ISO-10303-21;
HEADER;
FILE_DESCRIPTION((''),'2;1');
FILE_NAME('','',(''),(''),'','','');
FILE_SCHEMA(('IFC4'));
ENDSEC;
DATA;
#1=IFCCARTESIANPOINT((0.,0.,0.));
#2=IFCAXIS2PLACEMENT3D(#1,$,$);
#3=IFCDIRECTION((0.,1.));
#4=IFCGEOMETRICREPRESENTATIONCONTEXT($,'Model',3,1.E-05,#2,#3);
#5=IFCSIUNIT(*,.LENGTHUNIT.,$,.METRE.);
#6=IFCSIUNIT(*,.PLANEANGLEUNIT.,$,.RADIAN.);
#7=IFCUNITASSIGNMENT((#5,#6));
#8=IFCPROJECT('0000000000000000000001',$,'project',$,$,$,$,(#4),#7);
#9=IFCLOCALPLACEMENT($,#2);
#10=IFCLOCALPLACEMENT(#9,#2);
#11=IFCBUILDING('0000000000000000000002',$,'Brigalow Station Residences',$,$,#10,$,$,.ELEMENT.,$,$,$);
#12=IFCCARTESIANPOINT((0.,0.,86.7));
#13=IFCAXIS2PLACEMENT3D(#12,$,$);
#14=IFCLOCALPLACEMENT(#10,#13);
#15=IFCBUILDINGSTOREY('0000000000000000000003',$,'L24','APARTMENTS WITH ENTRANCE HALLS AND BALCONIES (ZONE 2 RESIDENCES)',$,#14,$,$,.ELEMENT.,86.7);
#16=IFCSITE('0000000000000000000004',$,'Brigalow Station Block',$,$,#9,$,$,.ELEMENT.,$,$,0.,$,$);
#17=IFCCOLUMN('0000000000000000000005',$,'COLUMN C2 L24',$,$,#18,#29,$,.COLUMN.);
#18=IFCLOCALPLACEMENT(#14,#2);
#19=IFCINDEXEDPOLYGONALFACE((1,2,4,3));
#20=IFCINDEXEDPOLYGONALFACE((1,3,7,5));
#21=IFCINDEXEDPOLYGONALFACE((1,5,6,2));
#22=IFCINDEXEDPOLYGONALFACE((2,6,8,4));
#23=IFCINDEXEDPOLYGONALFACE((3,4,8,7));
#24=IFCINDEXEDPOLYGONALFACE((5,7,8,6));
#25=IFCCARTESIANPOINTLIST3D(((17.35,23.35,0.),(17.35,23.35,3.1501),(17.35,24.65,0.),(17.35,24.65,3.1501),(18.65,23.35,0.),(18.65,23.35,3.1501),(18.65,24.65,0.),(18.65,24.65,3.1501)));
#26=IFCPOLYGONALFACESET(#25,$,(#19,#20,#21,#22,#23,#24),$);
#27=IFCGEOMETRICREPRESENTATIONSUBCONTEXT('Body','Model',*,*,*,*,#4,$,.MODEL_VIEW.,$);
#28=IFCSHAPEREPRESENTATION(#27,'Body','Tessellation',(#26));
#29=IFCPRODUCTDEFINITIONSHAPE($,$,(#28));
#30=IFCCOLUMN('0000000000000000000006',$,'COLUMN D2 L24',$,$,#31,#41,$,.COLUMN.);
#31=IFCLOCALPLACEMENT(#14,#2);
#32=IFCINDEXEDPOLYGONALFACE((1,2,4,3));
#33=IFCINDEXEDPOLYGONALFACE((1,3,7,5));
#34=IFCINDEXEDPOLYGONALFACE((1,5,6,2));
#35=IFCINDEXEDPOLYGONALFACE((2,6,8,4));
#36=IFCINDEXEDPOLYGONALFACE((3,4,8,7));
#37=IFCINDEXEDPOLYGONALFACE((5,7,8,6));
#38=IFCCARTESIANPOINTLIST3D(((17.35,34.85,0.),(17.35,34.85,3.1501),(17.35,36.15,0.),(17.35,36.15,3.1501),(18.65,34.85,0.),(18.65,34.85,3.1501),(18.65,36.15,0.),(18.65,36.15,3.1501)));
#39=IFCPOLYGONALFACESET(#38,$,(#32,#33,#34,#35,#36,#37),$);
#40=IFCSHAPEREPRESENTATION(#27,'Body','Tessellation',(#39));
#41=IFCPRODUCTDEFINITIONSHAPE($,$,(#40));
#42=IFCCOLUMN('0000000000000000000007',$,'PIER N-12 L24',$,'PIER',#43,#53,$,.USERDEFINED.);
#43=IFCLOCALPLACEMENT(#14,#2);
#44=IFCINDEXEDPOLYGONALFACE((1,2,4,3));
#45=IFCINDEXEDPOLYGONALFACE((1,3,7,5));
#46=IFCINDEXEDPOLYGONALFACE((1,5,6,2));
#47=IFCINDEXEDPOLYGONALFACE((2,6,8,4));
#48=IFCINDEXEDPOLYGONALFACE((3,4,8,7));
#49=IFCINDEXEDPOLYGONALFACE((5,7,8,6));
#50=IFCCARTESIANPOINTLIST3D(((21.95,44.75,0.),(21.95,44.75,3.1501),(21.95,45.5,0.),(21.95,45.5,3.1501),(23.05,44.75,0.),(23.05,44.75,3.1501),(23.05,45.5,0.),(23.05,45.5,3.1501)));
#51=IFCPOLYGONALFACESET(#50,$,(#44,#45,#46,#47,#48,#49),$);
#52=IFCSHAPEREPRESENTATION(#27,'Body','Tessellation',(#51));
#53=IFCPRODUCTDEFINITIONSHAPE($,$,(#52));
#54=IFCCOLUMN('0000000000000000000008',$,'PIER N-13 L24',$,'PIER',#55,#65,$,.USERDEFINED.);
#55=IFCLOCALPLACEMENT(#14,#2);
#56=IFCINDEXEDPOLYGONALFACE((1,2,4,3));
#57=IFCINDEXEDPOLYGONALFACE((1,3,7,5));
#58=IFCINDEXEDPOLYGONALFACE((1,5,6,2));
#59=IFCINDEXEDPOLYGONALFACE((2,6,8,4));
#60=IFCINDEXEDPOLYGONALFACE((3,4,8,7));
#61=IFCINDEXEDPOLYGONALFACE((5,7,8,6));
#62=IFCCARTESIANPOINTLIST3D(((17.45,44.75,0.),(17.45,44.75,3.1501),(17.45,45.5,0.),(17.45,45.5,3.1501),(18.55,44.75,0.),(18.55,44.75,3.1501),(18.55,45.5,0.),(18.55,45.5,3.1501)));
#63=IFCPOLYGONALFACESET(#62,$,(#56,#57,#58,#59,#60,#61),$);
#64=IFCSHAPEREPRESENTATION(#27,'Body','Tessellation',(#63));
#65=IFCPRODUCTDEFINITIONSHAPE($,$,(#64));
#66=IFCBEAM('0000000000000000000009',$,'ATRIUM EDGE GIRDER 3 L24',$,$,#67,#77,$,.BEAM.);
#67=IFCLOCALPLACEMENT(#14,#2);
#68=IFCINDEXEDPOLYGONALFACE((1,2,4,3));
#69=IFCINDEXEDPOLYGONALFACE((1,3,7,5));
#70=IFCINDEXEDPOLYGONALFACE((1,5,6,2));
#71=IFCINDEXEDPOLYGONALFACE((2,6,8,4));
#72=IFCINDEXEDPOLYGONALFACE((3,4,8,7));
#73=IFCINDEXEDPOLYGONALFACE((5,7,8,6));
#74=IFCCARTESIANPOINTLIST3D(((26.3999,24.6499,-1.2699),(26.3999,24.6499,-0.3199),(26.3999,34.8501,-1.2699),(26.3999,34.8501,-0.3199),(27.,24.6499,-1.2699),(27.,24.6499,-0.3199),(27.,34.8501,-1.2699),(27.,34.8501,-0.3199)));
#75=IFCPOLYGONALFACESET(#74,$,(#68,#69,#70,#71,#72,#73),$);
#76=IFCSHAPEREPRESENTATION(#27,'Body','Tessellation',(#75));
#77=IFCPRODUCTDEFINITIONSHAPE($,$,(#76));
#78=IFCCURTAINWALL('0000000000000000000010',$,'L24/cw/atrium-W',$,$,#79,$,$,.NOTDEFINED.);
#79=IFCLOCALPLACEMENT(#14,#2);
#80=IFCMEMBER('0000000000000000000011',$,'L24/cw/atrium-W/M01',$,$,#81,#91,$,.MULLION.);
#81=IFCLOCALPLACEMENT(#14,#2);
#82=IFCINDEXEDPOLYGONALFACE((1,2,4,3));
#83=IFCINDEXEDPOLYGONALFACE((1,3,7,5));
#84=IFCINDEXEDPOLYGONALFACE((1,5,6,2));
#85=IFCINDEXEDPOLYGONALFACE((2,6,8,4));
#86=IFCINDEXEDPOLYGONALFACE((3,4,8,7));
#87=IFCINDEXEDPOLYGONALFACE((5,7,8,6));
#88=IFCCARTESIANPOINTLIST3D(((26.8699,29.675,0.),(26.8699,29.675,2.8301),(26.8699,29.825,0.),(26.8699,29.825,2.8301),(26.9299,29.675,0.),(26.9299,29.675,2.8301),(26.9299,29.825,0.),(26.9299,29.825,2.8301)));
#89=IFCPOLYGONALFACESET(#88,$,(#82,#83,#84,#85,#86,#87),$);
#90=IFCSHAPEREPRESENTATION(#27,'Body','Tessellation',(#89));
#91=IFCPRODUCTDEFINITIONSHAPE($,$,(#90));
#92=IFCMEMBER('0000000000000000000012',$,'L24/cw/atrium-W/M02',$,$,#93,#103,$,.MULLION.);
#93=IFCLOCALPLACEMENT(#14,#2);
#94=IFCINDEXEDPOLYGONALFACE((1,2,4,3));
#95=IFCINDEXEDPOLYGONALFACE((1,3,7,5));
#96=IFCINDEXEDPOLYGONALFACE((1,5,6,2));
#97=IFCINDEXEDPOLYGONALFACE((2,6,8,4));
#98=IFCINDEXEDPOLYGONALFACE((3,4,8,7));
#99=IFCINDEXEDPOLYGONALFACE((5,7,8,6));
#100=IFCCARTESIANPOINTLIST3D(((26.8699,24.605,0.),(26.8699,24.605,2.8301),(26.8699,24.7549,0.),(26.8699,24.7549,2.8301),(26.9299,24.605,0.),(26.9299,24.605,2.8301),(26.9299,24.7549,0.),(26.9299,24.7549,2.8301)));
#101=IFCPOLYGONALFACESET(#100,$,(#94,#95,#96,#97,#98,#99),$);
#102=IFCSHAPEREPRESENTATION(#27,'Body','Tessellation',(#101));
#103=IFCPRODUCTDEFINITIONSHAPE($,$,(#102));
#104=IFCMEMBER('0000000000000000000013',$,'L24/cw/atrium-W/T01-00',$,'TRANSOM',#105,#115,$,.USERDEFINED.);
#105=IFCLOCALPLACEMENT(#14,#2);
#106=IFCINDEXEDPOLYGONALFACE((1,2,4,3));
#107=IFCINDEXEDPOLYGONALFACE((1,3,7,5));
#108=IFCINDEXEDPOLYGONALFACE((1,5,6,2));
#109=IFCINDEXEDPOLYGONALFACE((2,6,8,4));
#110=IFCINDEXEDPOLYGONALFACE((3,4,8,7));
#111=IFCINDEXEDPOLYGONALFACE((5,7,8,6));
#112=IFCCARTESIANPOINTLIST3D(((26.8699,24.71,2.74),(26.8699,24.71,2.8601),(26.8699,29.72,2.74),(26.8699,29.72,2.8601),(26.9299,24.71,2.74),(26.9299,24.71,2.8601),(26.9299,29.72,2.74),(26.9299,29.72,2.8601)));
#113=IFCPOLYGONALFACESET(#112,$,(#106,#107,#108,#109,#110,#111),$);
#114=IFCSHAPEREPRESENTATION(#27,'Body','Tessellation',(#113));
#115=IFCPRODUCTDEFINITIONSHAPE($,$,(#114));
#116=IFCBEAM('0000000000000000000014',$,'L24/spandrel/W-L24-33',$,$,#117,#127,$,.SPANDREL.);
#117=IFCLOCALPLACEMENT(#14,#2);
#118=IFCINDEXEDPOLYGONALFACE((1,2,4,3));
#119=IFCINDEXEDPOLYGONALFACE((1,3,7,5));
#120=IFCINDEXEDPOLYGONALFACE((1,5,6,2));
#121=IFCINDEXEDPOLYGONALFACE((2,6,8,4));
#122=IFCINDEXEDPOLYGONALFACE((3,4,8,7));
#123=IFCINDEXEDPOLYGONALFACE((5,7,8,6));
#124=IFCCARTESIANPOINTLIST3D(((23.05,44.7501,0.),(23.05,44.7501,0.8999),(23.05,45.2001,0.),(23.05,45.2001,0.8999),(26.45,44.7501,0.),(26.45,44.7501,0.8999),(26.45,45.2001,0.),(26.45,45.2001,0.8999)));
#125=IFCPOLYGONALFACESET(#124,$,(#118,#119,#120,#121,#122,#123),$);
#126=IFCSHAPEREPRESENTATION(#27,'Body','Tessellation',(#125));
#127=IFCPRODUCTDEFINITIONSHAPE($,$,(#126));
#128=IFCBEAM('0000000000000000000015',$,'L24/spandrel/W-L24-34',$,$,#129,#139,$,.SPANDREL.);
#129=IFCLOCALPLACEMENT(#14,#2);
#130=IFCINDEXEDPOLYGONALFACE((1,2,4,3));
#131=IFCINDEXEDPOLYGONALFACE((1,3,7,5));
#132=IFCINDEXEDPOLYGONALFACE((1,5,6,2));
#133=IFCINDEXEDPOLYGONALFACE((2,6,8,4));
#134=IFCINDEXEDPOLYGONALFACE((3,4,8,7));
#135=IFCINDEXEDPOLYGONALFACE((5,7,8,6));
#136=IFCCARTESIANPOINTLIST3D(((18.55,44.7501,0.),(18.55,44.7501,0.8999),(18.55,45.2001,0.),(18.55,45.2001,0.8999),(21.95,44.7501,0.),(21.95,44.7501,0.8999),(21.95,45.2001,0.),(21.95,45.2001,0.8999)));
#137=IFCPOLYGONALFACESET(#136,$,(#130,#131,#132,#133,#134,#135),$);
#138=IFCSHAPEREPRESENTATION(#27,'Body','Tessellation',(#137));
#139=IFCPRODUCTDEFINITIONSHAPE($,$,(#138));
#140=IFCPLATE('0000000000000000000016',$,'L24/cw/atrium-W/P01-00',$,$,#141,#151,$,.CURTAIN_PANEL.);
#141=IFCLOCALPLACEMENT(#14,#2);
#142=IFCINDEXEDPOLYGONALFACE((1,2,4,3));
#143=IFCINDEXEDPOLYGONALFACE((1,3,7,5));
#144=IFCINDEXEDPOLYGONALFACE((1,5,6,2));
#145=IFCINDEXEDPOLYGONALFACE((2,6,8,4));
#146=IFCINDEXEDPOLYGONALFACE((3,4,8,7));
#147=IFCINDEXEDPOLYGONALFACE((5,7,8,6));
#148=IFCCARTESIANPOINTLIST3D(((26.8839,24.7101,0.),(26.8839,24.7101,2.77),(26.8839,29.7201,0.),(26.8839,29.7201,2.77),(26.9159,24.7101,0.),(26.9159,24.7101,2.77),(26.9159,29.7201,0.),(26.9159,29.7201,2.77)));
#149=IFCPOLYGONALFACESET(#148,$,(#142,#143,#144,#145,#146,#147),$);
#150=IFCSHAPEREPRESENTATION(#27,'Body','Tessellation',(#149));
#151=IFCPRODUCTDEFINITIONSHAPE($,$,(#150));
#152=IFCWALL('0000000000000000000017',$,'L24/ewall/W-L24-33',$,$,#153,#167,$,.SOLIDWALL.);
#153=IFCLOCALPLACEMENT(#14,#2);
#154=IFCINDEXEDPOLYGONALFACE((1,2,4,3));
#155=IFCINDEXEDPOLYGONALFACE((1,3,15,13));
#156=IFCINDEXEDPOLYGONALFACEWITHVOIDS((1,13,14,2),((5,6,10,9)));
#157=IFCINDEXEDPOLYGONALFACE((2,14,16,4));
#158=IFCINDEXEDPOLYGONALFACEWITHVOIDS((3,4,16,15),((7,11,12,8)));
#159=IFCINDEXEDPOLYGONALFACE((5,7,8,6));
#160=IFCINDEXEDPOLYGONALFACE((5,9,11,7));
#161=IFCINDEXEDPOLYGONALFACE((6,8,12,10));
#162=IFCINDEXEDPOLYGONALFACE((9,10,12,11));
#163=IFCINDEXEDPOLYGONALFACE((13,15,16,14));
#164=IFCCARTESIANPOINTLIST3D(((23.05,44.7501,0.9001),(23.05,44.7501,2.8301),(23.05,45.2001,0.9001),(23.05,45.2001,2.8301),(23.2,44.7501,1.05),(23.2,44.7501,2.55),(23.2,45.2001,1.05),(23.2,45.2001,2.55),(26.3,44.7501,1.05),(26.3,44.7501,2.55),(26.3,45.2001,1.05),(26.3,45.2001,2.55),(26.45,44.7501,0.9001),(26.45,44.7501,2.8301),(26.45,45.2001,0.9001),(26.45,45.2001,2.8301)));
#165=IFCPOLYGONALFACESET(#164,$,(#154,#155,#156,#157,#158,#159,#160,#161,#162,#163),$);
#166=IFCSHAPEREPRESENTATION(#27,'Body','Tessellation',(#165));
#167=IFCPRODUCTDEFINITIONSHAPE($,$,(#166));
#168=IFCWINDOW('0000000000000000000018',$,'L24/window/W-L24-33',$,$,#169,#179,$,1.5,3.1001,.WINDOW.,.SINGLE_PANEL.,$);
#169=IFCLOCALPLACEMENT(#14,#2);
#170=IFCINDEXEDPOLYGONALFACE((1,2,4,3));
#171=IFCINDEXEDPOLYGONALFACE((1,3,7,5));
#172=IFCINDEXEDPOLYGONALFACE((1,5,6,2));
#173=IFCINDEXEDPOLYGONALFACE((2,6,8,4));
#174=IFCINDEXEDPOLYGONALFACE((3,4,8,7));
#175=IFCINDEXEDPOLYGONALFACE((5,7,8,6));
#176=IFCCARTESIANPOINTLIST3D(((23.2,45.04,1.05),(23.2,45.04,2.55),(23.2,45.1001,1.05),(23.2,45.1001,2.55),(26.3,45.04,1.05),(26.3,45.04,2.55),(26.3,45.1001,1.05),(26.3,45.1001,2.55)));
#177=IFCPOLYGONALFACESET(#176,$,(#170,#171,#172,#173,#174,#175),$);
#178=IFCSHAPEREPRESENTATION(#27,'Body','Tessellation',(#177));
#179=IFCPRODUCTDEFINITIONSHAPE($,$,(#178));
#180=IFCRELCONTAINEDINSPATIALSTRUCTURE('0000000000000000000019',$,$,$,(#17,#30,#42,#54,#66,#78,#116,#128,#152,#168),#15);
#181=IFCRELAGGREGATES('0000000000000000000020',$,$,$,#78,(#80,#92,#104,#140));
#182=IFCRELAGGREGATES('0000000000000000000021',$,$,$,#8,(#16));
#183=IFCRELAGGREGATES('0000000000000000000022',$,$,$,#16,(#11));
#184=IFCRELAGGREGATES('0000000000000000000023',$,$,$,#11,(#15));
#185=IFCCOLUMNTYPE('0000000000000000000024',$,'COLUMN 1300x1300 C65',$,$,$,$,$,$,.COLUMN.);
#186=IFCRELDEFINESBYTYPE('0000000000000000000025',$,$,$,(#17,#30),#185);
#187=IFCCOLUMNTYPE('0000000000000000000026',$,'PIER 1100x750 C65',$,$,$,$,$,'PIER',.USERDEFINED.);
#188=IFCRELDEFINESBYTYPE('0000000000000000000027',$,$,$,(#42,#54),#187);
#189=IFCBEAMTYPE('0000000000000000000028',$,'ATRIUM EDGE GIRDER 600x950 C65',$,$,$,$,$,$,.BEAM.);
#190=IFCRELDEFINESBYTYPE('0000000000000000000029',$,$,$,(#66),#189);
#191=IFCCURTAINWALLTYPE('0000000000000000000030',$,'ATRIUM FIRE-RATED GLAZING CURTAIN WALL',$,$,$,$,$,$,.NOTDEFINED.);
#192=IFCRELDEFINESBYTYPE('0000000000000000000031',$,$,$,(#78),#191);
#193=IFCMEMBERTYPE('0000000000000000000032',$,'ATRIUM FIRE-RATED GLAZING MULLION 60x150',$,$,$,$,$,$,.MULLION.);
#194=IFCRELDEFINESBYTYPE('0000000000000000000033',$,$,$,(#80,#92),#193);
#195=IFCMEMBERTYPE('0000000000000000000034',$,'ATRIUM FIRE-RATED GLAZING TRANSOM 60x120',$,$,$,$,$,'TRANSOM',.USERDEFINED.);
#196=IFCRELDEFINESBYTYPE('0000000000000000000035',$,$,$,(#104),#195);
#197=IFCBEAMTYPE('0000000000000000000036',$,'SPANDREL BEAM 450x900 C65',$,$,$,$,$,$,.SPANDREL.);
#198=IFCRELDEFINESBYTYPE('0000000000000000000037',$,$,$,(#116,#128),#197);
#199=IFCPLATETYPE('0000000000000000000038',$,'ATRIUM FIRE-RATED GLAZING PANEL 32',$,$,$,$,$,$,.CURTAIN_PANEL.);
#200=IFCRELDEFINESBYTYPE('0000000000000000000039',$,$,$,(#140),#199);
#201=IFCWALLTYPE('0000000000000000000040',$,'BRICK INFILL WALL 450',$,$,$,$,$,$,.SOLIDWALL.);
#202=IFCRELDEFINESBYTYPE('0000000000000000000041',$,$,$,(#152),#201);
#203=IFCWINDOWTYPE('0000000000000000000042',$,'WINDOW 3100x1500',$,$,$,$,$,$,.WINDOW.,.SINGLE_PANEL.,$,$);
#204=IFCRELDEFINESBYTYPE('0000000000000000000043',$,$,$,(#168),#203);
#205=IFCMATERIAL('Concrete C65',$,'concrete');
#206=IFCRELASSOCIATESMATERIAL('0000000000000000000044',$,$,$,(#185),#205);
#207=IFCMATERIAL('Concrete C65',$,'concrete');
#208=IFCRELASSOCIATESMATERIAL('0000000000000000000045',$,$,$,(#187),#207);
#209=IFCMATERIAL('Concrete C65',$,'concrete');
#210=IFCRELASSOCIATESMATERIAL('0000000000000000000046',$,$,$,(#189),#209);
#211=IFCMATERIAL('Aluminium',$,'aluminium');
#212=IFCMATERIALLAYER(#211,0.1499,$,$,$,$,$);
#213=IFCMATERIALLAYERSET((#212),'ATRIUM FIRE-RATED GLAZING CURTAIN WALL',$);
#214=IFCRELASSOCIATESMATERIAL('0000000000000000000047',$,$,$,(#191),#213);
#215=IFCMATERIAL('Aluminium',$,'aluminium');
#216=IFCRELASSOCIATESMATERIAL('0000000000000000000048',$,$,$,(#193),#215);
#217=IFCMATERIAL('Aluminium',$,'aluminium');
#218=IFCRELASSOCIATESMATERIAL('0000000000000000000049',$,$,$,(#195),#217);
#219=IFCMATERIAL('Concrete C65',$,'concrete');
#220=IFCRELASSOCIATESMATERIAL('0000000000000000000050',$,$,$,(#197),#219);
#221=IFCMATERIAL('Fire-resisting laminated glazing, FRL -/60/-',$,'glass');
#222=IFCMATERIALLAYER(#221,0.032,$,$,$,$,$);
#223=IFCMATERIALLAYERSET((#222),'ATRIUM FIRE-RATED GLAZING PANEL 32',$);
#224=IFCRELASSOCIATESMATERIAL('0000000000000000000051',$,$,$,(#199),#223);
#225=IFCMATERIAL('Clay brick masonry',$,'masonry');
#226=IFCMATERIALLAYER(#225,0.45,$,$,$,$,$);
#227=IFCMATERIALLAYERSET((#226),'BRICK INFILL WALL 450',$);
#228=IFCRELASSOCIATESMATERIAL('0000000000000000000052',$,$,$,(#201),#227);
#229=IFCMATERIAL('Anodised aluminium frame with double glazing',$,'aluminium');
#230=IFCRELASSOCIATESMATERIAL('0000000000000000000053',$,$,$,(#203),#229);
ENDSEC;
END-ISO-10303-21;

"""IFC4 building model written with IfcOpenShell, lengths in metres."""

from ifc_helpers import new_model, si_unit, direction, frame, frame_2d, origin, origin_2d, place, context, subcontext, project, spatial, rectangle, extrude, material, layer, layer_set, material_profile, profile_set, type_object, element, fill, aggregate, save


model = new_model("IFC4")

# Units and contexts
model_context = context("Model", 3, precision=1e-05, world=origin(), true_north=direction((0.0, 1.0)))
body_context = subcontext(model_context, "Body", "Model", "MODEL_VIEW")
ifc_project = project(units=[si_unit("LENGTHUNIT", "METRE"), si_unit("PLANEANGLEUNIT", "RADIAN")], contexts=[model_context])

# Site, building, storey
site_placement = place(None, origin())
site = spatial("IfcSite", under=ifc_project, at=site_placement, Name="Brigalow Station Block", CompositionType="ELEMENT", RefElevation=0.0)
building_placement = place(site_placement, origin())
building = spatial("IfcBuilding", under=site, at=building_placement, Name="Brigalow Station Residences", CompositionType="ELEMENT")
storey_placement = place(building_placement, frame((0.0, 0.0, 86.7)))
storey = spatial("IfcBuildingStorey", under=building, at=storey_placement, Name="L24", Description="APARTMENTS WITH ENTRANCE HALLS AND BALCONIES (ZONE 2 RESIDENCES)", CompositionType="ELEMENT", Elevation=86.7)

# Columns
ifc_material_1 = material(Name="Concrete C65", Category="concrete")
ifc_material_profile_1 = material_profile(ifc_material_1, rectangle(XDim=1.3, YDim=1.3, at=origin_2d()), Name="RC1300x1300")
ifc_profile_set_1 = profile_set([ifc_material_profile_1], Name="Concrete C65")
column_type_1 = type_object("IfcColumnType", Name="COLUMN 1300x1300 C65", PredefinedType="COLUMN", material=ifc_profile_set_1)
for number, where, z_axis, x_axis, name in (
    (1, (18.0, 24.0, 0.0), (0.0, 0.0, 1.0), (1.0, 0.0, 0.0), "COLUMN C2 L24"),
    (2, (18.0, 35.5, 0.0), (0.0, 0.0, 1.0), (1.0, 0.0, 0.0), "COLUMN D2 L24"),
):
    element("IfcColumn", number, at=place(storey_placement, frame(where, z_axis=z_axis, x_axis=x_axis)), inside=storey, type_object=column_type_1, Name=name, PredefinedType="COLUMN", context=body_context, shape_type="SweptSolid", body=[
        extrude(rectangle(XDim=1.3, YDim=1.3, at=origin_2d()), origin(), (0.0, 0.0, 1.0), 3.1501),
    ])
ifc_material_2 = material(Name="Concrete C65", Category="concrete")
ifc_material_profile_2 = material_profile(ifc_material_2, rectangle(XDim=1.1001, YDim=0.75, at=origin_2d()), Name="RC1100x750")
ifc_profile_set_2 = profile_set([ifc_material_profile_2], Name="Concrete C65")
column_type_2 = type_object("IfcColumnType", Name="PIER 1100x750 C65", ElementType="PIER", PredefinedType="USERDEFINED", material=ifc_profile_set_2)
for number, where, z_axis, x_axis, name in (
    (3, (22.5, 45.125, 0.0), (0.0, 0.0, 1.0), (-1.0, 0.0, 0.0), "PIER N-12 L24"),
    (4, (18.0, 45.125, 0.0), (0.0, 0.0, 1.0), (-1.0, 0.0, 0.0), "PIER N-13 L24"),
):
    element("IfcColumn", number, at=place(storey_placement, frame(where, z_axis=z_axis, x_axis=x_axis)), inside=storey, type_object=column_type_2, Name=name, ObjectType="PIER", PredefinedType="USERDEFINED", context=body_context, shape_type="SweptSolid", body=[
        extrude(rectangle(XDim=1.1001, YDim=0.75, at=origin_2d()), origin(), (0.0, 0.0, 1.0), 3.1501),
    ])

# Beam
ifc_material_3 = material(Name="Concrete C65", Category="concrete")
ifc_material_profile_3 = material_profile(ifc_material_3, rectangle(XDim=0.6001, YDim=0.95, at=origin_2d()), Name="RC600x950")
ifc_profile_set_3 = profile_set([ifc_material_profile_3], Name="Concrete C65")
beam_type_1 = type_object("IfcBeamType", Name="ATRIUM EDGE GIRDER 600x950 C65", PredefinedType="BEAM", material=ifc_profile_set_3)
beam_placement = place(storey_placement, frame((26.7, 24.6499, -0.7949), z_axis=(0.0, 1.0, 0.0), x_axis=(-1.0, 0.0, 0.0)))
element("IfcBeam", 5, at=beam_placement, inside=storey, type_object=beam_type_1, Name="ATRIUM EDGE GIRDER 3 L24", PredefinedType="BEAM", context=body_context, shape_type="SweptSolid", body=[
    extrude(rectangle(XDim=0.6001, YDim=0.95, at=origin_2d()), origin(), (0.0, 0.0, 1.0), 10.2002),
])

# Curtain wall, members
ifc_material_4 = material(Name="Aluminium", Category="aluminium")
ifc_layer_1 = layer(ifc_material_4, 0.1499)
ifc_layer_set_1 = layer_set([ifc_layer_1], Name="ATRIUM FIRE-RATED GLAZING CURTAIN WALL")
curtain_wall_type = type_object("IfcCurtainWallType", Name="ATRIUM FIRE-RATED GLAZING CURTAIN WALL", PredefinedType="NOTDEFINED", material=ifc_layer_set_1)
curtain_wall_placement = place(storey_placement, origin())
curtain_wall = element("IfcCurtainWall", 6, at=curtain_wall_placement, inside=storey, type_object=curtain_wall_type, Name="L24/cw/atrium-W", PredefinedType="NOTDEFINED")
ifc_material_5 = material(Name="Aluminium", Category="aluminium")
ifc_material_profile_4 = material_profile(ifc_material_5, rectangle(XDim=0.0601, YDim=0.1499, at=origin_2d()), Name="ATRIUM FIRE-RATED GLAZING MULLION 60x150")
ifc_profile_set_4 = profile_set([ifc_material_profile_4], Name="Aluminium")
member_type_1 = type_object("IfcMemberType", Name="ATRIUM FIRE-RATED GLAZING MULLION 60x150", PredefinedType="MULLION", material=ifc_profile_set_4)
member_1_placement = place(storey_placement, frame((26.8999, 29.75, 0.0), z_axis=(0.0, 0.0, 1.0), x_axis=(1.0, 0.0, 0.0)))
member_1 = element("IfcMember", 7, at=member_1_placement, type_object=member_type_1, Name="L24/cw/atrium-W/M01", PredefinedType="MULLION", context=body_context, shape_type="SweptSolid", body=[
    extrude(rectangle(XDim=0.0601, YDim=0.1499, at=origin_2d()), origin(), (0.0, 0.0, 1.0), 2.8301),
])
member_2_placement = place(storey_placement, frame((26.8999, 24.6799, 0.0), z_axis=(0.0, 0.0, 1.0), x_axis=(1.0, 0.0, 0.0)))
member_2 = element("IfcMember", 8, at=member_2_placement, type_object=member_type_1, Name="L24/cw/atrium-W/M02", PredefinedType="MULLION", context=body_context, shape_type="SweptSolid", body=[
    extrude(rectangle(XDim=0.0601, YDim=0.1499, at=origin_2d()), origin(), (0.0, 0.0, 1.0), 2.8301),
])
ifc_material_6 = material(Name="Aluminium", Category="aluminium")
ifc_material_profile_5 = material_profile(ifc_material_6, rectangle(XDim=0.0601, YDim=0.1201, at=origin_2d()), Name="ATRIUM FIRE-RATED GLAZING TRANSOM 60x120")
ifc_profile_set_5 = profile_set([ifc_material_profile_5], Name="Aluminium")
member_type_2 = type_object("IfcMemberType", Name="ATRIUM FIRE-RATED GLAZING TRANSOM 60x120", ElementType="TRANSOM", PredefinedType="USERDEFINED", material=ifc_profile_set_5)
member_3_placement = place(storey_placement, frame((26.8999, 29.72, 2.8), z_axis=(0.0, -1.0, 0.0), x_axis=(1.0, 0.0, 0.0)))
member_3 = element("IfcMember", 9, at=member_3_placement, type_object=member_type_2, Name="L24/cw/atrium-W/T01-00", ObjectType="TRANSOM", PredefinedType="USERDEFINED", context=body_context, shape_type="SweptSolid", body=[
    extrude(rectangle(XDim=0.0601, YDim=0.1201, at=origin_2d()), origin(), (0.0, 0.0, 1.0), 5.01),
])

# Beams
ifc_material_7 = material(Name="Concrete C65", Category="concrete")
ifc_material_profile_6 = material_profile(ifc_material_7, rectangle(XDim=0.45, YDim=0.8999, at=origin_2d()), Name="RC450x900")
ifc_profile_set_6 = profile_set([ifc_material_profile_6], Name="Concrete C65")
beam_type_2 = type_object("IfcBeamType", Name="SPANDREL BEAM 450x900 C65", PredefinedType="SPANDREL", material=ifc_profile_set_6)
for number, where, z_axis, x_axis, name in (
    (10, (26.45, 44.9751, 0.45), (-1.0, 0.0, 0.0), (0.0, -1.0, 0.0), "L24/spandrel/W-L24-33"),
    (11, (21.95, 44.9751, 0.45), (-1.0, 0.0, 0.0), (0.0, -1.0, 0.0), "L24/spandrel/W-L24-34"),
):
    element("IfcBeam", number, at=place(storey_placement, frame(where, z_axis=z_axis, x_axis=x_axis)), inside=storey, type_object=beam_type_2, Name=name, PredefinedType="SPANDREL", context=body_context, shape_type="SweptSolid", body=[
        extrude(rectangle(XDim=0.45, YDim=0.8999, at=origin_2d()), origin(), (0.0, 0.0, 1.0), 3.3999),
    ])

# Plate
ifc_material_8 = material(Name="Fire-resisting laminated glazing, FRL -/60/-", Category="glass")
ifc_layer_2 = layer(ifc_material_8, 0.032)
ifc_layer_set_2 = layer_set([ifc_layer_2], Name="ATRIUM FIRE-RATED GLAZING PANEL 32")
plate_type = type_object("IfcPlateType", Name="ATRIUM FIRE-RATED GLAZING PANEL 32", PredefinedType="CURTAIN_PANEL", material=ifc_layer_set_2)
plate_placement = place(storey_placement, frame((26.8999, 27.2151, 0.0), z_axis=(0.0, 0.0, 1.0), x_axis=(0.0, -1.0, 0.0)))
plate = element("IfcPlate", 12, at=plate_placement, type_object=plate_type, Name="L24/cw/atrium-W/P01-00", PredefinedType="CURTAIN_PANEL", context=body_context, shape_type="SweptSolid", body=[
    extrude(rectangle(XDim=5.01, YDim=0.032, at=origin_2d()), origin(), (0.0, 0.0, 1.0), 2.77),
])
aggregate(curtain_wall, [member_1, member_2, member_3, plate])

# Wall, opening, window
ifc_material_9 = material(Name="Clay brick masonry", Category="masonry")
ifc_layer_3 = layer(ifc_material_9, 0.45)
ifc_layer_set_3 = layer_set([ifc_layer_3], Name="BRICK INFILL WALL 450")
wall_type_1 = type_object("IfcWallType", Name="BRICK INFILL WALL 450", PredefinedType="SOLIDWALL", material=ifc_layer_set_3)
wall_1_placement = place(storey_placement, frame((26.45, 44.9751, 0.9001), z_axis=(0.0, 0.0, 1.0), x_axis=(-1.0, 0.0, 0.0)))
wall_1 = element("IfcWall", 13, at=wall_1_placement, inside=storey, type_object=wall_type_1, Name="L24/ewall/W-L24-33", PredefinedType="SOLIDWALL", context=body_context, shape_type="SweptSolid", body=[
    extrude(rectangle(XDim=3.3999, YDim=0.45, at=frame_2d((1.7, 0.0))), origin(), (0.0, 0.0, 1.0), 1.9299),
])
opening_1_placement = place(wall_1_placement, frame((0.1499, 0.0, 0.1499)))
opening_1 = element("IfcOpeningElement", 14, at=opening_1_placement, cuts=wall_1, PredefinedType="OPENING", context=body_context, shape_type="SweptSolid", body=[
    extrude(rectangle(XDim=3.1001, YDim=1.5, at=frame_2d((1.55, 0.75))), frame((0.0, 0.2349, 0.0), z_axis=(0.0, -1.0, 0.0), x_axis=(1.0, 0.0, 0.0)), (0.0, 0.0, 1.0), 0.47),
])
ifc_material_10 = material(Name="Anodised aluminium frame with double glazing", Category="aluminium")
window_type = type_object("IfcWindowType", Name="WINDOW 3100x1500", PartitioningType="SINGLE_PANEL", PredefinedType="WINDOW", material=ifc_material_10)
window_1_placement = place(opening_1_placement, origin())
window_1 = element("IfcWindow", 15, at=window_1_placement, inside=storey, type_object=window_type, Name="L24/window/W-L24-33", OverallHeight=1.5, OverallWidth=3.1001, PartitioningType="SINGLE_PANEL", PredefinedType="WINDOW", context=body_context, shape_type="SweptSolid", body=[
    extrude(rectangle(XDim=3.1001, YDim=1.5, at=frame_2d((1.55, 0.75))), frame((0.0, -0.0649, 0.0), z_axis=(0.0, -1.0, 0.0), x_axis=(1.0, 0.0, 0.0)), (0.0, 0.0, 1.0), 0.0601),
])
fill(opening_1, window_1)

save(model, "model.ifc")
